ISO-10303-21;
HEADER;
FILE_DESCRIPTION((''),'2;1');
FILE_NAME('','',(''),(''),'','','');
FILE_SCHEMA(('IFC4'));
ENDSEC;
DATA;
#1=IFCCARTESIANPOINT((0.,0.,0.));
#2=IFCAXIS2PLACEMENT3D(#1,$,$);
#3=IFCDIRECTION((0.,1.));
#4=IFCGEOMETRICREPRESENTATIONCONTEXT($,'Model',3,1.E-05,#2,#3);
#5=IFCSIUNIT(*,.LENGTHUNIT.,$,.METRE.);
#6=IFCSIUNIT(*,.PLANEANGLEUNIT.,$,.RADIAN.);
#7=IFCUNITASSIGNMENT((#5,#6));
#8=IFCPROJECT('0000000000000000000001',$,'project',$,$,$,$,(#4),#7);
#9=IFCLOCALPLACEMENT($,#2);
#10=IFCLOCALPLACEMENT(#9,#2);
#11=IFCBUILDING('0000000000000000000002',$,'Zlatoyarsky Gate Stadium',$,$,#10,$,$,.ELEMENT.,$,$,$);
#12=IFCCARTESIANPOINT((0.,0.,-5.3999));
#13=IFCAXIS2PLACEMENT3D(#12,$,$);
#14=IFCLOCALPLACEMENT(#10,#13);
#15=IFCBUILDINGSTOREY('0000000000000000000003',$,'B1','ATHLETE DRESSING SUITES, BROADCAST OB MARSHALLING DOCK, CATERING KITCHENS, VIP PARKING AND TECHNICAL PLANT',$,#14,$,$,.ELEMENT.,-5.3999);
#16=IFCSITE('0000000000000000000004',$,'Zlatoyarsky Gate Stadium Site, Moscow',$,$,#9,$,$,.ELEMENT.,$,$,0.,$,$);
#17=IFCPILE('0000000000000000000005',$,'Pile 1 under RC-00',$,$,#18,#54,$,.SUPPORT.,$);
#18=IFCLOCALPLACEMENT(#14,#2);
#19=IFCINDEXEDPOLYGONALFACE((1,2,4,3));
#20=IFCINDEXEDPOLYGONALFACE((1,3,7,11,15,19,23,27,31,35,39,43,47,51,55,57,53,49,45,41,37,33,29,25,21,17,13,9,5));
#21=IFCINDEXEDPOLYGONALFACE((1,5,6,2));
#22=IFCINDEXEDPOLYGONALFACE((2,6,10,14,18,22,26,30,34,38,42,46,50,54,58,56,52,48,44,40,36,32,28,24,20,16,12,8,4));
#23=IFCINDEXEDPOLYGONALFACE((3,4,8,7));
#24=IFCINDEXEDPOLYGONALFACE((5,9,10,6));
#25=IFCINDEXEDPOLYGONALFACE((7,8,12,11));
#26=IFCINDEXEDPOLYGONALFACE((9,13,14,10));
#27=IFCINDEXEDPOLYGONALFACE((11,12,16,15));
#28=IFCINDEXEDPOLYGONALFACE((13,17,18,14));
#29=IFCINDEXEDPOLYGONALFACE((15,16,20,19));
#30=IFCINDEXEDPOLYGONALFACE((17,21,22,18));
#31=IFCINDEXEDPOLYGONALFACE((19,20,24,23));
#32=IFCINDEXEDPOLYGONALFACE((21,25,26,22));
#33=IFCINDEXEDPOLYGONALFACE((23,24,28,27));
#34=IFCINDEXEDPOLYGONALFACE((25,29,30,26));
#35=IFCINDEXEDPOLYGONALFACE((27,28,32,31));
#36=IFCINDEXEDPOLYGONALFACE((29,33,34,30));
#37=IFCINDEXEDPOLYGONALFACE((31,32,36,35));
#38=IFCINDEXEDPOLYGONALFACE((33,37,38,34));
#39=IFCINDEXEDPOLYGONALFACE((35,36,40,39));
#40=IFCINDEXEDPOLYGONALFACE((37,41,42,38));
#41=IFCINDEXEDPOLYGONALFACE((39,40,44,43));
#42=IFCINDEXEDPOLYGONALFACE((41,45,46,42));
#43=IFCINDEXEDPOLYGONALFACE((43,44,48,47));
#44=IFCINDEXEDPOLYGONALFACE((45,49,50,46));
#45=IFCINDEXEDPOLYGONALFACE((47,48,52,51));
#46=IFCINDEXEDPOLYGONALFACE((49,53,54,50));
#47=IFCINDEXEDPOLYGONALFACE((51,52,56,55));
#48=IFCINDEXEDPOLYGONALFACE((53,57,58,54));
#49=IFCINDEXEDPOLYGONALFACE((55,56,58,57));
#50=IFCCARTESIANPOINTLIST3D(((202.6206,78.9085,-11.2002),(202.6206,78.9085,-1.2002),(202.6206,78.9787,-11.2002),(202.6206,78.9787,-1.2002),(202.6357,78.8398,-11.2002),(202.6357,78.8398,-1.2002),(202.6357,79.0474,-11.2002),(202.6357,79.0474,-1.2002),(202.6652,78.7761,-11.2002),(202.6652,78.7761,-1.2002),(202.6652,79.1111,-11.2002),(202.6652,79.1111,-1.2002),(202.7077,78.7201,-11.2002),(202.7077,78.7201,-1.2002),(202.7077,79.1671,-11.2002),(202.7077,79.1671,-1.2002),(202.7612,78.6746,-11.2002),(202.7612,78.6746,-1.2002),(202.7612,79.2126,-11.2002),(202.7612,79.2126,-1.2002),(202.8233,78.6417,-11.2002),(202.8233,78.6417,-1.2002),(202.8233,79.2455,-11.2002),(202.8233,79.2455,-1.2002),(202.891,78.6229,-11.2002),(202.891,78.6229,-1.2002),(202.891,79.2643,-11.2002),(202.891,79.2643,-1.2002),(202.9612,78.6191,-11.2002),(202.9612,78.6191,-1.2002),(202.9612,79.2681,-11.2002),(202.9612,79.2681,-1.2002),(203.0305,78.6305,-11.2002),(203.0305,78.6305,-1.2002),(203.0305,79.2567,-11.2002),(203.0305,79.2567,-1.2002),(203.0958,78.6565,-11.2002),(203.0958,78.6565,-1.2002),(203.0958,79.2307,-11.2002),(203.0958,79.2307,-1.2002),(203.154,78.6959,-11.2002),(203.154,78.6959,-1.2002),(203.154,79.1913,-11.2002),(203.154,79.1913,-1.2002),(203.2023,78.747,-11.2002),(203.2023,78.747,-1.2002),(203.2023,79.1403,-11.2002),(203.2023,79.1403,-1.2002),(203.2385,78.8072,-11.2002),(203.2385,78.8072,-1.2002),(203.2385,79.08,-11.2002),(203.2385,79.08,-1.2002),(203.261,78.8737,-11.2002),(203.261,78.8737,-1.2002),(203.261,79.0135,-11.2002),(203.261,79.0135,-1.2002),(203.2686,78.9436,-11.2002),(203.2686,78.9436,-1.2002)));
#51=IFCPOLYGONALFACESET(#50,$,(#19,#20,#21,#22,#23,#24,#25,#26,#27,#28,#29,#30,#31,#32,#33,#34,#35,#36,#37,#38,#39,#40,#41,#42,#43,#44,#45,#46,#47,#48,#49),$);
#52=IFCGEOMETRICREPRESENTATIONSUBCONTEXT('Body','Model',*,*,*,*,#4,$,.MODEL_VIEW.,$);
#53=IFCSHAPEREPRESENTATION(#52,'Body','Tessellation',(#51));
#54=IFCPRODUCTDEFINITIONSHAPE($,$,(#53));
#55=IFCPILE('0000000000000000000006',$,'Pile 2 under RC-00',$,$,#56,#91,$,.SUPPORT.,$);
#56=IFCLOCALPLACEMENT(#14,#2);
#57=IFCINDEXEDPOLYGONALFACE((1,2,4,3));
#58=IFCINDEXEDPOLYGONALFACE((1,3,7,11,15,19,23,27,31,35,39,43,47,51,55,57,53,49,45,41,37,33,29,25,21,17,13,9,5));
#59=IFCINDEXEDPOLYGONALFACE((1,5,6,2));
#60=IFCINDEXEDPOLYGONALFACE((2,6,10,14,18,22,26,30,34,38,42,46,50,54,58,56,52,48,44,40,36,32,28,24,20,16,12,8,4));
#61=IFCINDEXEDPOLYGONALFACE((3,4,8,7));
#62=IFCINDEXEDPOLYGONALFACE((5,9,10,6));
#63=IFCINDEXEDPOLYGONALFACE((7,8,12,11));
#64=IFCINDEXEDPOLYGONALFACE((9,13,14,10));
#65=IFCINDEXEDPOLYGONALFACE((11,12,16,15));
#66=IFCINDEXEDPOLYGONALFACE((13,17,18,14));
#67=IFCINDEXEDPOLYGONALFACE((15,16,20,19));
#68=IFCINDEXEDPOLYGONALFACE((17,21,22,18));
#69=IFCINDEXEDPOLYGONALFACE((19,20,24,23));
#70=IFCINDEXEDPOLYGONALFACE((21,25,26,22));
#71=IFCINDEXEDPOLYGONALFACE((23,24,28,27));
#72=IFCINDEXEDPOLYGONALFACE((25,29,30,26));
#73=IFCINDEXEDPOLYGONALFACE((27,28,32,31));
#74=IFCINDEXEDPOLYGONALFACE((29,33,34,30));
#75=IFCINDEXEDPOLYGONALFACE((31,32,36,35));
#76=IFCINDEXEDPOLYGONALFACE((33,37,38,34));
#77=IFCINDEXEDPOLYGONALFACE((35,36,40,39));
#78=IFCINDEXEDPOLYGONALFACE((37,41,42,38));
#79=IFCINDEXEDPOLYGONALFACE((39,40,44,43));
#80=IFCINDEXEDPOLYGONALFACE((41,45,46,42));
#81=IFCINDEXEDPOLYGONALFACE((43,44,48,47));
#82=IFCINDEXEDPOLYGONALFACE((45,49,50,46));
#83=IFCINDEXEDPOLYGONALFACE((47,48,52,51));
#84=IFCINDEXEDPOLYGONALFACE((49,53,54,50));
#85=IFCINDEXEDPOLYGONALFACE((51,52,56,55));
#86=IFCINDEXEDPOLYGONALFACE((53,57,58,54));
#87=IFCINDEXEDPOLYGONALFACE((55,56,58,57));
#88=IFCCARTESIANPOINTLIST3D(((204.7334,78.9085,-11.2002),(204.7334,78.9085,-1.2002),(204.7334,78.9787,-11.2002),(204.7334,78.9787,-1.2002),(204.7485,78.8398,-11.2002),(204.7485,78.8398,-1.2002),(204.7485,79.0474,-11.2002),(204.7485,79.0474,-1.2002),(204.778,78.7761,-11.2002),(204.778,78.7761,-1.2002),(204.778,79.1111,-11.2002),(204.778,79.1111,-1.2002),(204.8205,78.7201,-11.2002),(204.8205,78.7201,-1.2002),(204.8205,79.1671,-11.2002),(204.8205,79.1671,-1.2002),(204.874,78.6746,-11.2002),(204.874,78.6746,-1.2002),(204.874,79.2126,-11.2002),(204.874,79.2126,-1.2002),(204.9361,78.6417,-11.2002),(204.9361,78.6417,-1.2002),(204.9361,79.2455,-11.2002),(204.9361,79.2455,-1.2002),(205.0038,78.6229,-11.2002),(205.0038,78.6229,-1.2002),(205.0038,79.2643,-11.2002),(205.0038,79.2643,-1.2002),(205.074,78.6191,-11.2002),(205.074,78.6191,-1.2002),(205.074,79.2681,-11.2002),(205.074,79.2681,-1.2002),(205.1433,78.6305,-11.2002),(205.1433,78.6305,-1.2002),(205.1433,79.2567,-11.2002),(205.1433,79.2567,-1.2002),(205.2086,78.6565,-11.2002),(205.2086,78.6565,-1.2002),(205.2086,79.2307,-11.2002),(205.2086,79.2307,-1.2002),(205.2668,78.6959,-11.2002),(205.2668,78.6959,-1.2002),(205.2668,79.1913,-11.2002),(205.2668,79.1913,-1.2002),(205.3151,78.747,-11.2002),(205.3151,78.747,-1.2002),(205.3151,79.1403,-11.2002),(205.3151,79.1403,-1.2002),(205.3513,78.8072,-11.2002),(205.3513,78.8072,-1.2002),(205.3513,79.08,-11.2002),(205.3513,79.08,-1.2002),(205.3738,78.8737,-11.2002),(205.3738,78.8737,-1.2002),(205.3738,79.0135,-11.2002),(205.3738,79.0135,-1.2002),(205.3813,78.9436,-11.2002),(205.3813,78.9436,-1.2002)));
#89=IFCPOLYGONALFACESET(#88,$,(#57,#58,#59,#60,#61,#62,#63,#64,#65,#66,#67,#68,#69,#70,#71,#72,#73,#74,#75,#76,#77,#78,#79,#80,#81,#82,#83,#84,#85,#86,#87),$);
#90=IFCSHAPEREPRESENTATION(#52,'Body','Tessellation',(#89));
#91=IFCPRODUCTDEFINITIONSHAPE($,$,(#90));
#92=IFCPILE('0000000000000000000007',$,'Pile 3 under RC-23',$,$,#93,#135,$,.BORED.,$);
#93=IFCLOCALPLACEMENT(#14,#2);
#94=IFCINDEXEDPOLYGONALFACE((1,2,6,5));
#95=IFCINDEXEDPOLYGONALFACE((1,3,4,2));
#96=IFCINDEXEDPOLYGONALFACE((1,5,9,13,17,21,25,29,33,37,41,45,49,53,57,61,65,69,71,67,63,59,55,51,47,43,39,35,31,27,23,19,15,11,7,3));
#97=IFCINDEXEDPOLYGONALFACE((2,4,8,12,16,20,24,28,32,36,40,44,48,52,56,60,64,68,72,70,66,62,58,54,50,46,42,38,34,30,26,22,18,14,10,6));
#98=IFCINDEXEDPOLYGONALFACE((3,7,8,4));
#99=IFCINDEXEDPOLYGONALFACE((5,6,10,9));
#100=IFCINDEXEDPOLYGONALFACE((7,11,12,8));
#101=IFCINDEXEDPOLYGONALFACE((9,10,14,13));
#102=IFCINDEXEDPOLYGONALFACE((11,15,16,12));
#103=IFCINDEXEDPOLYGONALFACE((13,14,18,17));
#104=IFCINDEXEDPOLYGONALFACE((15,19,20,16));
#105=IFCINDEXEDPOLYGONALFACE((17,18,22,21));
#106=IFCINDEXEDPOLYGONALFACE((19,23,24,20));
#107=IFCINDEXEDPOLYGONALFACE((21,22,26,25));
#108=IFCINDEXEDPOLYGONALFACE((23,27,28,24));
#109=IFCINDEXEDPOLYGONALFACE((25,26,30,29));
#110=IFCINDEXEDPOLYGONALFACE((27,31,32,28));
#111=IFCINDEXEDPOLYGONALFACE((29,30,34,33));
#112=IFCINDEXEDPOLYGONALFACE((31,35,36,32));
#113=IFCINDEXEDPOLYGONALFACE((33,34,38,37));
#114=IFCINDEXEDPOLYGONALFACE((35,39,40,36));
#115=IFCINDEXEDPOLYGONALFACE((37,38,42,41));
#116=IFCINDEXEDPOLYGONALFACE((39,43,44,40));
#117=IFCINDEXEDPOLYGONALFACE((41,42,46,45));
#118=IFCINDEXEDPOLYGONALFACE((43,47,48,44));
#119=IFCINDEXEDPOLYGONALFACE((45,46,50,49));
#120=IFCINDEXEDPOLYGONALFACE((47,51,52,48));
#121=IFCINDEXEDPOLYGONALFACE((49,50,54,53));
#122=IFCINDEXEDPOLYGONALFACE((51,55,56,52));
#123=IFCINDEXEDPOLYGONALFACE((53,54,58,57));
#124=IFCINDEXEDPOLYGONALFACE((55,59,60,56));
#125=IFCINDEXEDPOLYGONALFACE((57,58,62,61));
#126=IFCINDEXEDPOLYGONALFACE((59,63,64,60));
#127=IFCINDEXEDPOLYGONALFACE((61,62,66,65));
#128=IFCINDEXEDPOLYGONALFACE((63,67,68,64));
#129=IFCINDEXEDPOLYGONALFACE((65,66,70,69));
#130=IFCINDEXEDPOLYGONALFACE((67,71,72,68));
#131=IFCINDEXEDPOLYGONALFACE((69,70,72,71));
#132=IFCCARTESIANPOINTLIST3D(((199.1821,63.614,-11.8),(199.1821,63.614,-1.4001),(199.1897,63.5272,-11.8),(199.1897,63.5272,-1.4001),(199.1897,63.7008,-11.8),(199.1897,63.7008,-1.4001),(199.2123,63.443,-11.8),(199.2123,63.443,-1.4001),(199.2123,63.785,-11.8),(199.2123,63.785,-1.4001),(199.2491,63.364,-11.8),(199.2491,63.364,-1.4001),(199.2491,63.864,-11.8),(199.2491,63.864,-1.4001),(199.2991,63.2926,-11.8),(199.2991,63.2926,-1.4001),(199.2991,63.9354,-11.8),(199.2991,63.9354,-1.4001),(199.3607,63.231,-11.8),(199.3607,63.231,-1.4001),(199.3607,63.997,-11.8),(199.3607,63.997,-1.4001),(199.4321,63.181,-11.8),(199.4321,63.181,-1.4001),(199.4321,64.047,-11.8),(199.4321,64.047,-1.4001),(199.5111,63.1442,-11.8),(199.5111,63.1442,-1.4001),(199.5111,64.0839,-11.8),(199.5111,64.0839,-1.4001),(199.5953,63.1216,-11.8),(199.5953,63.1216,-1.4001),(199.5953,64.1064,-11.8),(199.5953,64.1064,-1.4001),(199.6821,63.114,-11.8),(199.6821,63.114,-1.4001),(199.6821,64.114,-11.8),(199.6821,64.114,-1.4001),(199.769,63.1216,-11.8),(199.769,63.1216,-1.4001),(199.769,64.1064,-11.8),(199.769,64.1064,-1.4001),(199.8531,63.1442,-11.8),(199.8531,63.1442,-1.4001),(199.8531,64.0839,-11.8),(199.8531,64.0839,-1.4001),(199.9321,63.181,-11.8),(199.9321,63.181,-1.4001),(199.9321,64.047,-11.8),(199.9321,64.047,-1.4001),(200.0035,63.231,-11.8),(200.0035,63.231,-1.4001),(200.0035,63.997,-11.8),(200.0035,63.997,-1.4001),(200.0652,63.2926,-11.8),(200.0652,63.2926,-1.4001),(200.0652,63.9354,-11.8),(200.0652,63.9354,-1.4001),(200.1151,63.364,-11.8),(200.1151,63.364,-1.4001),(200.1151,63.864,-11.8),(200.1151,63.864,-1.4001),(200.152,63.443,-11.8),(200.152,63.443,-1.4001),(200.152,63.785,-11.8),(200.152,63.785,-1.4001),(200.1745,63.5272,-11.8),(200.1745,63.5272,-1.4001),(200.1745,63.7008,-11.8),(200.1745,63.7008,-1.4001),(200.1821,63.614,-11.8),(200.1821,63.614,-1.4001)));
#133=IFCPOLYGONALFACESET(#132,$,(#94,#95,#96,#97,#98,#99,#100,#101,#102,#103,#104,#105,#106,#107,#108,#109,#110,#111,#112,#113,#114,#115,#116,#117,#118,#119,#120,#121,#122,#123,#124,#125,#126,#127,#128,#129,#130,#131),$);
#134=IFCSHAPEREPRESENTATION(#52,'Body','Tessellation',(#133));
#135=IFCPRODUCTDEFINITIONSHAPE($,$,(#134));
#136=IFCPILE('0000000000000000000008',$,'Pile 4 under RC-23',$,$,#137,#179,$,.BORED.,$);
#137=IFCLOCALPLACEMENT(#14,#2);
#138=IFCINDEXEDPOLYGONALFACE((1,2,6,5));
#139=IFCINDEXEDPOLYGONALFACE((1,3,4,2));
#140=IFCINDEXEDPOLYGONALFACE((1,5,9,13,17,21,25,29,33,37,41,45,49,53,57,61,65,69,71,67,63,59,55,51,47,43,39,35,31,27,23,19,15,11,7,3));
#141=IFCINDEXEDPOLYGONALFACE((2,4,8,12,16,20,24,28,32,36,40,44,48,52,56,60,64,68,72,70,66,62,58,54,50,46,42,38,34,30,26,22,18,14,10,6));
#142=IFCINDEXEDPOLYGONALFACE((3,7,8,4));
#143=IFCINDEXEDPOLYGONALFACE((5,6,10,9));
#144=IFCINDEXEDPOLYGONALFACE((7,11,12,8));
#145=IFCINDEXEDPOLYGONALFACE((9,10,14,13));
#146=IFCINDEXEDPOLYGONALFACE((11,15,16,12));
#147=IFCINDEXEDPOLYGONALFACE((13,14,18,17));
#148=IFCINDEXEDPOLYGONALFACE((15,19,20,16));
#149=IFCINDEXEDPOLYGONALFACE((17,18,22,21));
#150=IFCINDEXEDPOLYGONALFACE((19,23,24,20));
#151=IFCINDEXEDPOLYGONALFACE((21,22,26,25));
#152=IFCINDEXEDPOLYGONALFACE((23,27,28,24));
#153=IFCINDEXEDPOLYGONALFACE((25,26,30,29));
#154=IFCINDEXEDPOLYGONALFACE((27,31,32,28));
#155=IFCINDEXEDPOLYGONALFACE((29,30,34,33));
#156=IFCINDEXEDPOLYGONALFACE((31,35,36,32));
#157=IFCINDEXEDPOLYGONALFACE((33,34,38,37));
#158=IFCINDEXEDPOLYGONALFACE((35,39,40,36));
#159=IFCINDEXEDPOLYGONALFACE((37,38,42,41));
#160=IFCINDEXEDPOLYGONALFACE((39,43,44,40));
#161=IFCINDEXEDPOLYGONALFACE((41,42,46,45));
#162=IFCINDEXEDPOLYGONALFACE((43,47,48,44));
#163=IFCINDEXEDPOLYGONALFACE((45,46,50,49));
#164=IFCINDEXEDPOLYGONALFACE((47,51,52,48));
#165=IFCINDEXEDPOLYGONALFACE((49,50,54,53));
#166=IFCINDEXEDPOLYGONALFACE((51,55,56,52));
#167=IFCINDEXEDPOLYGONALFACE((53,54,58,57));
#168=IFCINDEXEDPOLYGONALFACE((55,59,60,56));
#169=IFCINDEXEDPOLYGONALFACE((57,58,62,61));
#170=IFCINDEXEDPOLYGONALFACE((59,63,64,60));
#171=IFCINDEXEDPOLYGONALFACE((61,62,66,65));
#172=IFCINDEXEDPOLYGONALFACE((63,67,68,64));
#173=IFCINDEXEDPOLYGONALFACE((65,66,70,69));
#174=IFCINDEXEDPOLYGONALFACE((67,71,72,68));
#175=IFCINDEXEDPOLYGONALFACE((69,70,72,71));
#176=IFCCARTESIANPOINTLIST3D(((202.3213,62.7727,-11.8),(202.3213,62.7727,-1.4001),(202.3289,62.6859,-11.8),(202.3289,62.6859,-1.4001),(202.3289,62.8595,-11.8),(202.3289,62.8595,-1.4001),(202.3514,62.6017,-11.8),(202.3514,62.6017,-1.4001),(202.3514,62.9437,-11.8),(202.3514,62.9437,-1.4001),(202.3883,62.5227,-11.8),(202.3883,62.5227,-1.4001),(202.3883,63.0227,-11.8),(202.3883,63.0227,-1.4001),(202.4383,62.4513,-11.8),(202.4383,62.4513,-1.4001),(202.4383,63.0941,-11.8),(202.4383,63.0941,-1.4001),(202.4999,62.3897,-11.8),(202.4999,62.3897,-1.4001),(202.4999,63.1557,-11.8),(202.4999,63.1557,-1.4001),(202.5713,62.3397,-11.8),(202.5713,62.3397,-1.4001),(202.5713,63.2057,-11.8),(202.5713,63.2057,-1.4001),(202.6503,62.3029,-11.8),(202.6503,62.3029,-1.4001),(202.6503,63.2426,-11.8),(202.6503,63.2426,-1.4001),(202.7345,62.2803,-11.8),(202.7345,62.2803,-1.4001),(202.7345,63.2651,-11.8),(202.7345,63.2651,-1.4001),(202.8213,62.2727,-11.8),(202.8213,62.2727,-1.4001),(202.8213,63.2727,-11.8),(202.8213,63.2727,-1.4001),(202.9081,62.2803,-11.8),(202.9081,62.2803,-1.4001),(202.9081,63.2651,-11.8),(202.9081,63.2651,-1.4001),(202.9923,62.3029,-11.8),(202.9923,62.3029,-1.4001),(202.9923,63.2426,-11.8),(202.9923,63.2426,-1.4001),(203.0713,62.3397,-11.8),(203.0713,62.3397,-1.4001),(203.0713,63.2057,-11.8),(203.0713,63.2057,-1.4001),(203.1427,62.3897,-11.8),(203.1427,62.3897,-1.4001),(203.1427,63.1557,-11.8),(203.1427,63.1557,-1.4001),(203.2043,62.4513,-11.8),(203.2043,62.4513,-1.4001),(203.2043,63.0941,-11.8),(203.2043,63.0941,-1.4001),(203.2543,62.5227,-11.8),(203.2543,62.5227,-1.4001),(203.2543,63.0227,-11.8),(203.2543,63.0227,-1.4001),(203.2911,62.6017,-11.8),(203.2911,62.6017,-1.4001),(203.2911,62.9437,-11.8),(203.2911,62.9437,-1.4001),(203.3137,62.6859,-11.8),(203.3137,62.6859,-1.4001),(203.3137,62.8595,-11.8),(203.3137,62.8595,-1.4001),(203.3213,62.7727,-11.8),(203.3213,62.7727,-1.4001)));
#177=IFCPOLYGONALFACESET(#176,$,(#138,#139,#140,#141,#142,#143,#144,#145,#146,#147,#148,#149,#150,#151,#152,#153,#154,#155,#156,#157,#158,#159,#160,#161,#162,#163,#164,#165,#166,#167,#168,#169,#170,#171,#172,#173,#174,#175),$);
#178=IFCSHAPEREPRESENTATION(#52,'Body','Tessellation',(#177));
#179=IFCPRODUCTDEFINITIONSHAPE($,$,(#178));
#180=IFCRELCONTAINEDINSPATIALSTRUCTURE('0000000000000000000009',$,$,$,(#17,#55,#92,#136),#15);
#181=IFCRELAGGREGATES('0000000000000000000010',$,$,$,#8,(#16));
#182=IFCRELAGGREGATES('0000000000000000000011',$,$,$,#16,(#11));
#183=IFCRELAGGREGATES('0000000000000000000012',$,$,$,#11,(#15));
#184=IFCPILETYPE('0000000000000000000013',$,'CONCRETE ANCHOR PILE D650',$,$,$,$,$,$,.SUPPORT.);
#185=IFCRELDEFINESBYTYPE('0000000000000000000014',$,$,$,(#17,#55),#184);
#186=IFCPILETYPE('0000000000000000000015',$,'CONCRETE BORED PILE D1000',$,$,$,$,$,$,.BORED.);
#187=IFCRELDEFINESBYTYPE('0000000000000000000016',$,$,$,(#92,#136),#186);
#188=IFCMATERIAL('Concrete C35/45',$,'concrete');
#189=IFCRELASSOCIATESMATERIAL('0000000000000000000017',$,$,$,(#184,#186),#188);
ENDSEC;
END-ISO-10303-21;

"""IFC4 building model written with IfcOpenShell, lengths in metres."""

from ifc_helpers import new_model, si_unit, direction, frame, origin, origin_2d, place, context, subcontext, project, spatial, circle, extrude, material, material_profile, profile_set, type_object, element, save


model = new_model("IFC4")

# Units and contexts
model_context = context("Model", 3, precision=1e-05, world=origin(), true_north=direction((0.0, 1.0)))
body_context = subcontext(model_context, "Body", "Model", "MODEL_VIEW")
ifc_project = project(units=[si_unit("LENGTHUNIT", "METRE"), si_unit("PLANEANGLEUNIT", "RADIAN")], contexts=[model_context])

# Site, building, storey
site_placement = place(None, origin())
site = spatial("IfcSite", under=ifc_project, at=site_placement, Name="Zlatoyarsky Gate Stadium Site, Moscow", CompositionType="ELEMENT", RefElevation=0.0)
building_placement = place(site_placement, origin())
building = spatial("IfcBuilding", under=site, at=building_placement, Name="Zlatoyarsky Gate Stadium", CompositionType="ELEMENT")
storey_placement = place(building_placement, frame((0.0, 0.0, -5.3999)))
storey = spatial("IfcBuildingStorey", under=building, at=storey_placement, Name="B1", Description="ATHLETE DRESSING SUITES, BROADCAST OB MARSHALLING DOCK, CATERING KITCHENS, VIP PARKING AND TECHNICAL PLANT", CompositionType="ELEMENT", Elevation=-5.3999)

# Piles
ifc_material_1 = material(Name="Concrete C35/45", Category="concrete")
ifc_material_profile_1 = material_profile(ifc_material_1, circle(Radius=0.325, at=origin_2d()), Name="ANCHOR PILE D650")
ifc_profile_set_1 = profile_set([ifc_material_profile_1], Name="Concrete C35/45")
pile_type_1 = type_object("IfcPileType", Name="CONCRETE ANCHOR PILE D650", PredefinedType="SUPPORT", material=ifc_profile_set_1)
for number, where, z_axis, x_axis, name in (
    (1, (202.9436, 78.9436, -1.2002), (0.0, 0.0, -1.0), (1.0, 0.0, 0.0), "Pile 1 under RC-00"),
    (2, (205.0564, 78.9436, -1.2002), (0.0, 0.0, -1.0), (1.0, 0.0, 0.0), "Pile 2 under RC-00"),
):
    element("IfcPile", number, at=place(storey_placement, frame(where, z_axis=z_axis, x_axis=x_axis)), inside=storey, type_object=pile_type_1, Name=name, PredefinedType="SUPPORT", context=body_context, shape_type="SweptSolid", body=[
        extrude(circle(Radius=0.325, at=origin_2d()), origin(), (0.0, 0.0, 1.0), 10.0),
    ])
ifc_material_profile_2 = material_profile(ifc_material_1, circle(Radius=0.5, at=origin_2d()), Name="BORED PILE D1000")
ifc_profile_set_2 = profile_set([ifc_material_profile_2], Name="Concrete C35/45")
pile_type_2 = type_object("IfcPileType", Name="CONCRETE BORED PILE D1000", PredefinedType="BORED", material=ifc_profile_set_2)
for number, where, z_axis, x_axis, name in (
    (3, (199.6821, 63.614, -1.4001), (0.0, 0.0, -1.0), (1.0, 0.0, 0.0), "Pile 3 under RC-23"),
    (4, (202.8213, 62.7727, -1.4001), (0.0, 0.0, -1.0), (1.0, 0.0, 0.0), "Pile 4 under RC-23"),
):
    element("IfcPile", number, at=place(storey_placement, frame(where, z_axis=z_axis, x_axis=x_axis)), inside=storey, type_object=pile_type_2, Name=name, PredefinedType="BORED", context=body_context, shape_type="SweptSolid", body=[
        extrude(circle(Radius=0.5, at=origin_2d()), origin(), (0.0, 0.0, 1.0), 10.3999),
    ])

save(model, "model.ifc")
